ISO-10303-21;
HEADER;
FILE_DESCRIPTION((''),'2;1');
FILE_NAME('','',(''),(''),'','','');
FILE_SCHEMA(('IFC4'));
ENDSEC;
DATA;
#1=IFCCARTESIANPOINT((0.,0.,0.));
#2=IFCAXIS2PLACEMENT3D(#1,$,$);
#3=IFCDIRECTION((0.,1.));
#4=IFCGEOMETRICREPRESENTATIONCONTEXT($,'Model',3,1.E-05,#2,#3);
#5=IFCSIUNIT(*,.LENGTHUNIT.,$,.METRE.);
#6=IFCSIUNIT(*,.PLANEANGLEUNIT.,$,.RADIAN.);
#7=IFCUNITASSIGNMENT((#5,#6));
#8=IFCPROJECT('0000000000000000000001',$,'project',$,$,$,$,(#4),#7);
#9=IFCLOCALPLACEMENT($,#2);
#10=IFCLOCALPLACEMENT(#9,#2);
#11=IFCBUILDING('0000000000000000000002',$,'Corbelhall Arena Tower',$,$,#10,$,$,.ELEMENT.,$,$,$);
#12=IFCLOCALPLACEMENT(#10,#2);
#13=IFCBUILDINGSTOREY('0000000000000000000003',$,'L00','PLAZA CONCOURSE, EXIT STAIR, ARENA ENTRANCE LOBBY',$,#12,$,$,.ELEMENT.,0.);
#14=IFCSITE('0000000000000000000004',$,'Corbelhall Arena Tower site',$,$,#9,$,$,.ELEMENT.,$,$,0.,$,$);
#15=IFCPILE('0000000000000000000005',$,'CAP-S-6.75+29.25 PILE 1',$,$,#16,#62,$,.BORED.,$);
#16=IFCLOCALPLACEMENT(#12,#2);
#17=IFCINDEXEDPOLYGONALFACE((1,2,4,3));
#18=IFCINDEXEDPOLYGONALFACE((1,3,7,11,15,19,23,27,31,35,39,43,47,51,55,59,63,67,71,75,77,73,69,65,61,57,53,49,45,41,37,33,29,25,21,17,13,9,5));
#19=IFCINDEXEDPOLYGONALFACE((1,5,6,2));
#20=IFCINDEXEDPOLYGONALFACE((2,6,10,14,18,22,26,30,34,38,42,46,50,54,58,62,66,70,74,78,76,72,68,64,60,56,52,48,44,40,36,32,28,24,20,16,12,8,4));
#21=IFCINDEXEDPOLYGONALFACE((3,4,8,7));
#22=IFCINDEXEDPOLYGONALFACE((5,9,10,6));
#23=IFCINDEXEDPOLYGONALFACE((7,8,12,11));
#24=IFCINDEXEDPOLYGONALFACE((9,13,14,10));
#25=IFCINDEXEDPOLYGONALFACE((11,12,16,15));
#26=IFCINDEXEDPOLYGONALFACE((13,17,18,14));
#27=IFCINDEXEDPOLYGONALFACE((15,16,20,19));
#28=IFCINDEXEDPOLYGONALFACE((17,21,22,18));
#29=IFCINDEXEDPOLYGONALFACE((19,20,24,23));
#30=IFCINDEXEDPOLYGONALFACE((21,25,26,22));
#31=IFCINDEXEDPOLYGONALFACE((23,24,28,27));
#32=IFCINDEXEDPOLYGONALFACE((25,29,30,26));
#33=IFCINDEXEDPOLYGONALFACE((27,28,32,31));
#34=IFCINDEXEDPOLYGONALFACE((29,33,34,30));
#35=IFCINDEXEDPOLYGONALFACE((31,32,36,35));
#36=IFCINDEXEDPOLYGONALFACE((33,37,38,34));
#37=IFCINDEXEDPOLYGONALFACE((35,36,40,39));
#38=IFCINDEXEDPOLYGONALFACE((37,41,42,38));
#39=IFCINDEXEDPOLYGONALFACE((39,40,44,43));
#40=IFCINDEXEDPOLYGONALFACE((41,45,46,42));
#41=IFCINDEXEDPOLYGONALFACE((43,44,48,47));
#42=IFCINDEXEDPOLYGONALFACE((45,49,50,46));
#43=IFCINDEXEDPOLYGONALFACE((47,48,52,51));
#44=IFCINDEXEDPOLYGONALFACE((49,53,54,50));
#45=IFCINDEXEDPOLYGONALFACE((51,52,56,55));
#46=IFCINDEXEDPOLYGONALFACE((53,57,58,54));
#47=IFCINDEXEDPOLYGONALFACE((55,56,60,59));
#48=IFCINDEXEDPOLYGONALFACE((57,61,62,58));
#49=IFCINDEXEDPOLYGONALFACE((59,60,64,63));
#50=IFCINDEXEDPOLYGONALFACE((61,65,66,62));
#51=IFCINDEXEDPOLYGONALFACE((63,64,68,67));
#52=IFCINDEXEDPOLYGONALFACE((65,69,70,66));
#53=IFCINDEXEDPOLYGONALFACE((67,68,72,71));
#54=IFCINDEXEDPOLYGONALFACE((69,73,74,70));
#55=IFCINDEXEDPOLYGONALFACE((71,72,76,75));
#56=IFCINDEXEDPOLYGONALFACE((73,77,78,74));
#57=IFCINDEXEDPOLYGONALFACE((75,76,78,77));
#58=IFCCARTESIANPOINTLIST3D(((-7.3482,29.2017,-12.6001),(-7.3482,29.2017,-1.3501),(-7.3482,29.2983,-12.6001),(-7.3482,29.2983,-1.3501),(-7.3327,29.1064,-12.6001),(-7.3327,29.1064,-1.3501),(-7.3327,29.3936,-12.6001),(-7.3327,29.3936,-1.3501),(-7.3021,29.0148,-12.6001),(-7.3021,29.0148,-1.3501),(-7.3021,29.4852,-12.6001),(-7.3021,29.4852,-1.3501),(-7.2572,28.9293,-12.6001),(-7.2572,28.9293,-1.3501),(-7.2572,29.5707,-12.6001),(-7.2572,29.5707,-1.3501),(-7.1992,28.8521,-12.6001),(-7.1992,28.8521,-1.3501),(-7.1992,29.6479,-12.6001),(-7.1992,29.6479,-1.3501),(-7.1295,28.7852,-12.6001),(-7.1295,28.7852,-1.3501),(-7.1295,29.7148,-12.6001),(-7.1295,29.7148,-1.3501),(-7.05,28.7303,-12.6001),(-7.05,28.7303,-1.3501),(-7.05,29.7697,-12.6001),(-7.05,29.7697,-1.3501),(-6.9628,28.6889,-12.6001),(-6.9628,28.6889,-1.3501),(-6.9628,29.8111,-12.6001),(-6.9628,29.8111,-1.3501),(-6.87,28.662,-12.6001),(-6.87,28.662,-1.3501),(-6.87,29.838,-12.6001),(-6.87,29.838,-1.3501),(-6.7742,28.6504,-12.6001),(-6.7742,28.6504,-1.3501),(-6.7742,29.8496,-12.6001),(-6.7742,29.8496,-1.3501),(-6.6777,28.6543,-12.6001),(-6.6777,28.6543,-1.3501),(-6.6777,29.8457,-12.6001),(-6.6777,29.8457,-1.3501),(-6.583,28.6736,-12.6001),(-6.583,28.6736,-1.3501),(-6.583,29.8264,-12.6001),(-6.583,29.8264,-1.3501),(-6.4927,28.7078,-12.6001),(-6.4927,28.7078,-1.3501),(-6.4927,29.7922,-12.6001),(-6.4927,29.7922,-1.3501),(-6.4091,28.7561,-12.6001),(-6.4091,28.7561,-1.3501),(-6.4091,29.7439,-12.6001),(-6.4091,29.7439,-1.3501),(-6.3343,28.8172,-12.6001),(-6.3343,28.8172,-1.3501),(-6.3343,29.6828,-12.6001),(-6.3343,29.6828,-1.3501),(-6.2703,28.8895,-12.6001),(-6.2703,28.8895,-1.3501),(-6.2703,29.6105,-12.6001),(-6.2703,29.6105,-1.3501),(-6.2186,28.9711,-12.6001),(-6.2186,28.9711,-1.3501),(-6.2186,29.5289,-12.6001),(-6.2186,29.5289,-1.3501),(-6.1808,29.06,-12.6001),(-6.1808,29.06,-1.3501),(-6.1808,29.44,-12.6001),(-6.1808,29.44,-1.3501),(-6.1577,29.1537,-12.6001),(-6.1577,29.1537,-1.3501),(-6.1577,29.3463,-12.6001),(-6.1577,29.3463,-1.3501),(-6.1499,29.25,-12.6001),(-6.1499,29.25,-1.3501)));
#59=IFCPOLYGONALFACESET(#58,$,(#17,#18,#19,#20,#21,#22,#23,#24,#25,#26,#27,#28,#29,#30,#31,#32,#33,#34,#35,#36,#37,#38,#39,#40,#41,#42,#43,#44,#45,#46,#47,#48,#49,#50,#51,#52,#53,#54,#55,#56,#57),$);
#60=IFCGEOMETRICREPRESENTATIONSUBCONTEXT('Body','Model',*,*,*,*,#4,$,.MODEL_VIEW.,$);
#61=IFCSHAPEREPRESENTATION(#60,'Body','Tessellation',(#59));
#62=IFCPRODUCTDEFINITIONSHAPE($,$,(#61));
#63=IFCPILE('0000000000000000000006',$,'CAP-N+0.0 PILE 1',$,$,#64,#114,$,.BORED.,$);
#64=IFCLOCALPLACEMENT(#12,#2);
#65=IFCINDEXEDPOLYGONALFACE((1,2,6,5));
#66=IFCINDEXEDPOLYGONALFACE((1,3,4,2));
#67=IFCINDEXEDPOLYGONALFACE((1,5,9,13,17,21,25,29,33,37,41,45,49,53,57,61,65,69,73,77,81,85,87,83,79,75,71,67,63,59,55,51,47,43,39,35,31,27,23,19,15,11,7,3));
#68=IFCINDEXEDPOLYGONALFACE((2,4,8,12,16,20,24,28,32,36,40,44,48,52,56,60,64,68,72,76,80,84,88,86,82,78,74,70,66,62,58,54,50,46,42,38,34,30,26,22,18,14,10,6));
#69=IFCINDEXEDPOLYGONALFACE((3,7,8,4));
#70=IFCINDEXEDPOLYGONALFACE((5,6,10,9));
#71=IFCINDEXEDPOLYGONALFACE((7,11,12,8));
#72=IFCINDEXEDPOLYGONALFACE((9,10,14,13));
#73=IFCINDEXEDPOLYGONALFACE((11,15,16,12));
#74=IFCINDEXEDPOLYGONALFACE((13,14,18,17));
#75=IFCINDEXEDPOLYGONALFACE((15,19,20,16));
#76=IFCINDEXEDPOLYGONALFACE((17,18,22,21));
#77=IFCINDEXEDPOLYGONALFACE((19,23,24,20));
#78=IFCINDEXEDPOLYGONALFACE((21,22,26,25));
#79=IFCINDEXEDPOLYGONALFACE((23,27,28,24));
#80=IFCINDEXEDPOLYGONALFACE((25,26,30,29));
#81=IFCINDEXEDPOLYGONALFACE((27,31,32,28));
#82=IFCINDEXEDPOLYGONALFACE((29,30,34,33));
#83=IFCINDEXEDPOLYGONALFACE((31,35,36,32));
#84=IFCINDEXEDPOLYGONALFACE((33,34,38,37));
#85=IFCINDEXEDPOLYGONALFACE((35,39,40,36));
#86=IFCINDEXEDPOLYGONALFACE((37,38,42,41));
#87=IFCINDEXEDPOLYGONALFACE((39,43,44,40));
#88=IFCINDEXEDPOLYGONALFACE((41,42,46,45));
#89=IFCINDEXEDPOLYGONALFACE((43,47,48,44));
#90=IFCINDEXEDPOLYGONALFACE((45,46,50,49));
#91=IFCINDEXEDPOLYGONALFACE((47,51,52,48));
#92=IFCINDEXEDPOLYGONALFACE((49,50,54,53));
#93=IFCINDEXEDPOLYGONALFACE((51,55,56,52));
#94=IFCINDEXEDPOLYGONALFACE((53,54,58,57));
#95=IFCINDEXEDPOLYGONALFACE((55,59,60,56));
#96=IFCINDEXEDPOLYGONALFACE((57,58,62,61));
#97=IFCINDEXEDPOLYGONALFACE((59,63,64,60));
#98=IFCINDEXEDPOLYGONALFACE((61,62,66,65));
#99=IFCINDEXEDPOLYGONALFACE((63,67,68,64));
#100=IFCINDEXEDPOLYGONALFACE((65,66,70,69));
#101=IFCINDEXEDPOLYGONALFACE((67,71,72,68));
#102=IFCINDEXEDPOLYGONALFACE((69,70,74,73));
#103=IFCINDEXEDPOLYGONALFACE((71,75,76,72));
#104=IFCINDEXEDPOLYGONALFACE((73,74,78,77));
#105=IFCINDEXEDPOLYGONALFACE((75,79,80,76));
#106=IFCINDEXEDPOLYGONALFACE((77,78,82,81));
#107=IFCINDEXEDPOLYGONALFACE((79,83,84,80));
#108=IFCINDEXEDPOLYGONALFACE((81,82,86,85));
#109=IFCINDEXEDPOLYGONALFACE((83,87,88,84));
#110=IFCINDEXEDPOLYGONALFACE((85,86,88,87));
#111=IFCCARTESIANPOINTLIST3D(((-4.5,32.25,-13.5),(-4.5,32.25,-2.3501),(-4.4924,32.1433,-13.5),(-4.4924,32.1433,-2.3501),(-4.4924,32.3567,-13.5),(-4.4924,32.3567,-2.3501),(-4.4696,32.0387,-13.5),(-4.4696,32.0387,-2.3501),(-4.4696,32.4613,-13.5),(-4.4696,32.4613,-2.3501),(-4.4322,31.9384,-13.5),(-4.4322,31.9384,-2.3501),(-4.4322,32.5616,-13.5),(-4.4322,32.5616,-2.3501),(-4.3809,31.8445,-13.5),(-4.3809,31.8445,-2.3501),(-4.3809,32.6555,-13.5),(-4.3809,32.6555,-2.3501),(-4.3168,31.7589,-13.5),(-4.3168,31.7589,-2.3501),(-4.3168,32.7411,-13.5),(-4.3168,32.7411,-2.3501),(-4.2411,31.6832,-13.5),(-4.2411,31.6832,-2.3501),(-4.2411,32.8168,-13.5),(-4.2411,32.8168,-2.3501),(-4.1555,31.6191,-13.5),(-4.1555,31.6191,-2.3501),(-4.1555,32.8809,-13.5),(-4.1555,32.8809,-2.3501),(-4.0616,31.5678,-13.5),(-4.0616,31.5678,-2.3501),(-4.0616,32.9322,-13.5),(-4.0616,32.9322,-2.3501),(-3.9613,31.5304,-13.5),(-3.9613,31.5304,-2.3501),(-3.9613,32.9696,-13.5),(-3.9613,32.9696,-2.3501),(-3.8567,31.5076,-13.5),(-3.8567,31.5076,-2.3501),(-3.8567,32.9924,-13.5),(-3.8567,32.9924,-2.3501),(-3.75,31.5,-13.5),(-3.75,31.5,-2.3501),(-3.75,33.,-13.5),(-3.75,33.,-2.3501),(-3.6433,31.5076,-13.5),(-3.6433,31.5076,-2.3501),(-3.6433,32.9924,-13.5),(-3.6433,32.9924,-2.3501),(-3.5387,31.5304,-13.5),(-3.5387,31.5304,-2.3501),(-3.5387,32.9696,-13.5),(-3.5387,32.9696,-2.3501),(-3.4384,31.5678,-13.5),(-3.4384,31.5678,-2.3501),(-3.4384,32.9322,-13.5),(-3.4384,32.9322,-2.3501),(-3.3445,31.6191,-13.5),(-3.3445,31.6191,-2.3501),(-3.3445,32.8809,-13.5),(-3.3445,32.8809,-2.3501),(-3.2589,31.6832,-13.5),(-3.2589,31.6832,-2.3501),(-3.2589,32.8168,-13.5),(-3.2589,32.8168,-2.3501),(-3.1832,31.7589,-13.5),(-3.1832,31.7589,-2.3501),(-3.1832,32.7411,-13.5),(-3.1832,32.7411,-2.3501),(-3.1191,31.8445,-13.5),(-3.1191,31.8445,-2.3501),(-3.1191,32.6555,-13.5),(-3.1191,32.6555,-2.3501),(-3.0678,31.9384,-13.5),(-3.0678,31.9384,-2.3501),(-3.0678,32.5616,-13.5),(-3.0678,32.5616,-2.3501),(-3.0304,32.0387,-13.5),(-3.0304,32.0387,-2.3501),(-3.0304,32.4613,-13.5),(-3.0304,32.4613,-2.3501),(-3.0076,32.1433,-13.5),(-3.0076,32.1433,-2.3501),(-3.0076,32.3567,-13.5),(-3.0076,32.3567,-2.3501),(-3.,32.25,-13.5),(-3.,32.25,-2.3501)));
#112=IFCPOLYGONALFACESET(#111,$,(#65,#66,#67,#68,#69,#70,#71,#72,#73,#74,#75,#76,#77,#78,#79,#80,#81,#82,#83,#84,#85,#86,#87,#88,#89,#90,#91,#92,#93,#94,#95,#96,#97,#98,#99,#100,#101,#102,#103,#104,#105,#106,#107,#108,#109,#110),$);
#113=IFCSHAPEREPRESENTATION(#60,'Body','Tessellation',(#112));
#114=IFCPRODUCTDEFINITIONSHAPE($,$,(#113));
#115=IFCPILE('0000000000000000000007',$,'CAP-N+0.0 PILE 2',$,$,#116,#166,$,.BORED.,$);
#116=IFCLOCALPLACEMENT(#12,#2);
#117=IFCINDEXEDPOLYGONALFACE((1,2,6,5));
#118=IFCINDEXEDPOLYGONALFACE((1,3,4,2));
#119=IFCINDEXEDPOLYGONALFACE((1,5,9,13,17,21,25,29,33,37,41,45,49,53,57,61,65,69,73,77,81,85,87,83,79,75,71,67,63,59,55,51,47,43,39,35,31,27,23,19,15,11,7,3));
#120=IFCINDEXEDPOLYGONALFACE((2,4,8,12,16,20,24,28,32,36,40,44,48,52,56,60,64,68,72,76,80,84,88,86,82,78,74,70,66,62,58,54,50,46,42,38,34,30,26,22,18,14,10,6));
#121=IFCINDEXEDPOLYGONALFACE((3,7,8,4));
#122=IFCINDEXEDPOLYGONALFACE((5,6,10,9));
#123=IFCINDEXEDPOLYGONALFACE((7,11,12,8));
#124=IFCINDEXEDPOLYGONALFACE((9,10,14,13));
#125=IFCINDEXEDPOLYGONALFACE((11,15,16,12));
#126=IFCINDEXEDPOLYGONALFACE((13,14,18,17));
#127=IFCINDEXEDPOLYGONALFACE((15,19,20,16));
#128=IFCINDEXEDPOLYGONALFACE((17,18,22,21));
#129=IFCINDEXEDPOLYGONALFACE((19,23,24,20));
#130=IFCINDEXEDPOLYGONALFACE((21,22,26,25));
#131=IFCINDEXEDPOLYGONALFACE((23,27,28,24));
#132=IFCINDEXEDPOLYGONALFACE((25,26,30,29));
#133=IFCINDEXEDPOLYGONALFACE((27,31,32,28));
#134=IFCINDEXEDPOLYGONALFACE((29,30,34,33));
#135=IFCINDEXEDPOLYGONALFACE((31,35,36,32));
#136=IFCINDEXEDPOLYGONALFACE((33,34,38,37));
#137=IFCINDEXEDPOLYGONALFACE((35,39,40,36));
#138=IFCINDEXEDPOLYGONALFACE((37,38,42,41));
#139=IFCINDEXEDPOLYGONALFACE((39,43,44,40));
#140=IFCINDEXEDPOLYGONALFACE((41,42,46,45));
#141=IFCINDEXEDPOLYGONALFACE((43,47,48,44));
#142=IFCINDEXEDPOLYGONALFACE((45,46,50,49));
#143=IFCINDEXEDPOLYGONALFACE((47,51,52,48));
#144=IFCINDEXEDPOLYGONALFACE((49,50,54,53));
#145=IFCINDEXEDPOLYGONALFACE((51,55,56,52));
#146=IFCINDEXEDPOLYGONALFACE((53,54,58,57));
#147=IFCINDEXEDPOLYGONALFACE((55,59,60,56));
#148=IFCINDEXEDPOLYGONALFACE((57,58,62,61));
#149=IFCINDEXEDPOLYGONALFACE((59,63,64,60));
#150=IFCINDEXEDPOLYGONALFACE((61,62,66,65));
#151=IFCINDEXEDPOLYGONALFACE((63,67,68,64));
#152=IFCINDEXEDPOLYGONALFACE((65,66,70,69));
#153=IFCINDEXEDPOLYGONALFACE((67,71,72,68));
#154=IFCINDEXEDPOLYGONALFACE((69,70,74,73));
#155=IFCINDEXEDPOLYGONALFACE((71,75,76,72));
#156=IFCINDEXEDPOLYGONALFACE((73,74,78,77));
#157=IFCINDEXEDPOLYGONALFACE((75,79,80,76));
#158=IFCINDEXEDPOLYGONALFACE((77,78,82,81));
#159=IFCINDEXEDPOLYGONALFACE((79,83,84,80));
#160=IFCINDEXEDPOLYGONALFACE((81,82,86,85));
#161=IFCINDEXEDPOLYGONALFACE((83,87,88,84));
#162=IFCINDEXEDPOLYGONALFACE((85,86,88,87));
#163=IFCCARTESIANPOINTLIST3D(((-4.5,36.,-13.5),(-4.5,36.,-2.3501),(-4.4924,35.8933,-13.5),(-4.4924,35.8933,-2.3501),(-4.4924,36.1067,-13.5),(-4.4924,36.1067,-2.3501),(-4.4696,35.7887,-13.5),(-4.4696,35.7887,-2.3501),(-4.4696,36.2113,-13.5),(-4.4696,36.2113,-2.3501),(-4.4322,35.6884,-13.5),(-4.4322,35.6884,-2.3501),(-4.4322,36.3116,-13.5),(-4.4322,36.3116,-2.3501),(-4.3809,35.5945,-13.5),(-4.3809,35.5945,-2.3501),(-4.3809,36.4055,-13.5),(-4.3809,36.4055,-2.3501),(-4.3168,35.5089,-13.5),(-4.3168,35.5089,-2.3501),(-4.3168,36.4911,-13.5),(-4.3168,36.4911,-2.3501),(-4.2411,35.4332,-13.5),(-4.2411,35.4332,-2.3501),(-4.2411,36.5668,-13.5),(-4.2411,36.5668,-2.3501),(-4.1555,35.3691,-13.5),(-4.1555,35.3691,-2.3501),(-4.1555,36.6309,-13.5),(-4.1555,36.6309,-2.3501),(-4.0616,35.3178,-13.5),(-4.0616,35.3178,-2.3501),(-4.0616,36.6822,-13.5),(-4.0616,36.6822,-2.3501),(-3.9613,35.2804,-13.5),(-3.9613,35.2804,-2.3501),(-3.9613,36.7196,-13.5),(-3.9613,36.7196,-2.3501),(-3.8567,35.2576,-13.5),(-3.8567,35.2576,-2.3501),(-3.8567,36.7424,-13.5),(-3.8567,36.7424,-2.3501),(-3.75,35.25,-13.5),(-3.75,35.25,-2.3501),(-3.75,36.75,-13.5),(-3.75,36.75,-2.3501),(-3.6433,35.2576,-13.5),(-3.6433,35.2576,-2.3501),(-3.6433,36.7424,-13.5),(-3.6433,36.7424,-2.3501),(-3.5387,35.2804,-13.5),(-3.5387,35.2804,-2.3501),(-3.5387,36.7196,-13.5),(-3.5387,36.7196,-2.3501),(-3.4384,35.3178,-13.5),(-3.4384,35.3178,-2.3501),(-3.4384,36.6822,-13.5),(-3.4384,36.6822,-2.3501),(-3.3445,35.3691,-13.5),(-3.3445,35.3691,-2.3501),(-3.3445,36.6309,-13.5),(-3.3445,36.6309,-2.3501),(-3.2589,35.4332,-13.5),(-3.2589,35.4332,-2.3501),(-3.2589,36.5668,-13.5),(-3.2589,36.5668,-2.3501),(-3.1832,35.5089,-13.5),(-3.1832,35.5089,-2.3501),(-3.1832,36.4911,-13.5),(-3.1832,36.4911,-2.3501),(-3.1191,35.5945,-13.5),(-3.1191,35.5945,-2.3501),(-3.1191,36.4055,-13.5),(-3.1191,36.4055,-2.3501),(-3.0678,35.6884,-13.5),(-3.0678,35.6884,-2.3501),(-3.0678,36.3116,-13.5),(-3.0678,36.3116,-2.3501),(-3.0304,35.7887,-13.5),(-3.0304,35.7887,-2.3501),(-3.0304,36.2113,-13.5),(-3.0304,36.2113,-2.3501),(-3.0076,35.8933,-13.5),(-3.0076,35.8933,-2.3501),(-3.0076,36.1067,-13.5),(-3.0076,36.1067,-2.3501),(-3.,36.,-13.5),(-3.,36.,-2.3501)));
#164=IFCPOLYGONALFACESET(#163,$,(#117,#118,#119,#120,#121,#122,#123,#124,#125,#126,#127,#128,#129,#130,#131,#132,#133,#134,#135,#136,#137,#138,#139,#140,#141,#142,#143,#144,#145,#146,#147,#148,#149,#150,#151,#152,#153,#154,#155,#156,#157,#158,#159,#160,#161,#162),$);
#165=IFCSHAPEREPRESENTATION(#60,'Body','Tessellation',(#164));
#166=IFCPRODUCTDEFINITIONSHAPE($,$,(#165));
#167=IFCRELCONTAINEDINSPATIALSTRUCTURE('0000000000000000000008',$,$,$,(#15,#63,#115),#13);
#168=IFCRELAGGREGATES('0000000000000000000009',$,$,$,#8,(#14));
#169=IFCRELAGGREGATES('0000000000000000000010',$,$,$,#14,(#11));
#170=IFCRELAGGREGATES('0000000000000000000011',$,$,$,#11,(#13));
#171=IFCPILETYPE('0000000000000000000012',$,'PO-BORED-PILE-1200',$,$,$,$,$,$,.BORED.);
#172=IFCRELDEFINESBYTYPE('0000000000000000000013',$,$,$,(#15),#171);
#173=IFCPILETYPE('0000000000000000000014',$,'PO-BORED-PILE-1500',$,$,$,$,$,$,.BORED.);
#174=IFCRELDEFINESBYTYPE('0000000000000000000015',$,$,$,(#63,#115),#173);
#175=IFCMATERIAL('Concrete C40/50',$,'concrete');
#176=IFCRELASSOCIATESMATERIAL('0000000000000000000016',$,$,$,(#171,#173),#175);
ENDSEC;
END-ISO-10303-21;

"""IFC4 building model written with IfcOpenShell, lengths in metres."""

from ifc_helpers import new_model, si_unit, direction, frame, origin, origin_2d, place, context, subcontext, project, spatial, circle, extrude, material, material_profile, profile_set, type_object, element, save


model = new_model("IFC4")

# Units and contexts
model_context = context("Model", 3, precision=1e-05, world=origin(), true_north=direction((0.0, 1.0)))
body_context = subcontext(model_context, "Body", "Model", "MODEL_VIEW")
ifc_project = project(units=[si_unit("LENGTHUNIT", "METRE"), si_unit("PLANEANGLEUNIT", "RADIAN")], contexts=[model_context])

# Site, building, storey
site_placement = place(None, origin())
site = spatial("IfcSite", under=ifc_project, at=site_placement, Name="Corbelhall Arena Tower site", CompositionType="ELEMENT", RefElevation=0.0)
building_placement = place(site_placement, origin())
building = spatial("IfcBuilding", under=site, at=building_placement, Name="Corbelhall Arena Tower", CompositionType="ELEMENT")
storey_placement = place(building_placement, origin())
storey = spatial("IfcBuildingStorey", under=building, at=storey_placement, Name="L00", Description="PLAZA CONCOURSE, EXIT STAIR, ARENA ENTRANCE LOBBY", CompositionType="ELEMENT", Elevation=0.0)

# Piles
ifc_material_1 = material(Name="Concrete C40/50", Category="concrete")
ifc_material_profile_1 = material_profile(ifc_material_1, circle(Radius=0.6001, at=origin_2d()))
ifc_profile_set_1 = profile_set([ifc_material_profile_1], Name="Concrete C40/50")
pile_type_1 = type_object("IfcPileType", Name="PO-BORED-PILE-1200", PredefinedType="BORED", material=ifc_profile_set_1)
pile_placement = place(storey_placement, frame((-6.75, 29.25, -1.3501), z_axis=(0.0, 0.0, -1.0), x_axis=(1.0, 0.0, 0.0)))
element("IfcPile", 1, at=pile_placement, inside=storey, type_object=pile_type_1, Name="CAP-S-6.75+29.25 PILE 1", PredefinedType="BORED", context=body_context, shape_type="SweptSolid", body=[
    extrude(circle(Radius=0.6001, at=origin_2d()), origin(), (0.0, 0.0, 1.0), 11.25),
])
ifc_material_profile_2 = material_profile(ifc_material_1, circle(Radius=0.75, at=origin_2d()))
ifc_profile_set_2 = profile_set([ifc_material_profile_2], Name="Concrete C40/50")
pile_type_2 = type_object("IfcPileType", Name="PO-BORED-PILE-1500", PredefinedType="BORED", material=ifc_profile_set_2)
for number, where, z_axis, x_axis, name in (
    (2, (-3.75, 32.25, -2.3501), (0.0, 0.0, -1.0), (1.0, 0.0, 0.0), "CAP-N+0.0 PILE 1"),
    (3, (-3.75, 36.0, -2.3501), (0.0, 0.0, -1.0), (1.0, 0.0, 0.0), "CAP-N+0.0 PILE 2"),
):
    element("IfcPile", number, at=place(storey_placement, frame(where, z_axis=z_axis, x_axis=x_axis)), inside=storey, type_object=pile_type_2, Name=name, PredefinedType="BORED", context=body_context, shape_type="SweptSolid", body=[
        extrude(circle(Radius=0.75, at=origin_2d()), origin(), (0.0, 0.0, 1.0), 11.1499),
    ])

save(model, "model.ifc")
